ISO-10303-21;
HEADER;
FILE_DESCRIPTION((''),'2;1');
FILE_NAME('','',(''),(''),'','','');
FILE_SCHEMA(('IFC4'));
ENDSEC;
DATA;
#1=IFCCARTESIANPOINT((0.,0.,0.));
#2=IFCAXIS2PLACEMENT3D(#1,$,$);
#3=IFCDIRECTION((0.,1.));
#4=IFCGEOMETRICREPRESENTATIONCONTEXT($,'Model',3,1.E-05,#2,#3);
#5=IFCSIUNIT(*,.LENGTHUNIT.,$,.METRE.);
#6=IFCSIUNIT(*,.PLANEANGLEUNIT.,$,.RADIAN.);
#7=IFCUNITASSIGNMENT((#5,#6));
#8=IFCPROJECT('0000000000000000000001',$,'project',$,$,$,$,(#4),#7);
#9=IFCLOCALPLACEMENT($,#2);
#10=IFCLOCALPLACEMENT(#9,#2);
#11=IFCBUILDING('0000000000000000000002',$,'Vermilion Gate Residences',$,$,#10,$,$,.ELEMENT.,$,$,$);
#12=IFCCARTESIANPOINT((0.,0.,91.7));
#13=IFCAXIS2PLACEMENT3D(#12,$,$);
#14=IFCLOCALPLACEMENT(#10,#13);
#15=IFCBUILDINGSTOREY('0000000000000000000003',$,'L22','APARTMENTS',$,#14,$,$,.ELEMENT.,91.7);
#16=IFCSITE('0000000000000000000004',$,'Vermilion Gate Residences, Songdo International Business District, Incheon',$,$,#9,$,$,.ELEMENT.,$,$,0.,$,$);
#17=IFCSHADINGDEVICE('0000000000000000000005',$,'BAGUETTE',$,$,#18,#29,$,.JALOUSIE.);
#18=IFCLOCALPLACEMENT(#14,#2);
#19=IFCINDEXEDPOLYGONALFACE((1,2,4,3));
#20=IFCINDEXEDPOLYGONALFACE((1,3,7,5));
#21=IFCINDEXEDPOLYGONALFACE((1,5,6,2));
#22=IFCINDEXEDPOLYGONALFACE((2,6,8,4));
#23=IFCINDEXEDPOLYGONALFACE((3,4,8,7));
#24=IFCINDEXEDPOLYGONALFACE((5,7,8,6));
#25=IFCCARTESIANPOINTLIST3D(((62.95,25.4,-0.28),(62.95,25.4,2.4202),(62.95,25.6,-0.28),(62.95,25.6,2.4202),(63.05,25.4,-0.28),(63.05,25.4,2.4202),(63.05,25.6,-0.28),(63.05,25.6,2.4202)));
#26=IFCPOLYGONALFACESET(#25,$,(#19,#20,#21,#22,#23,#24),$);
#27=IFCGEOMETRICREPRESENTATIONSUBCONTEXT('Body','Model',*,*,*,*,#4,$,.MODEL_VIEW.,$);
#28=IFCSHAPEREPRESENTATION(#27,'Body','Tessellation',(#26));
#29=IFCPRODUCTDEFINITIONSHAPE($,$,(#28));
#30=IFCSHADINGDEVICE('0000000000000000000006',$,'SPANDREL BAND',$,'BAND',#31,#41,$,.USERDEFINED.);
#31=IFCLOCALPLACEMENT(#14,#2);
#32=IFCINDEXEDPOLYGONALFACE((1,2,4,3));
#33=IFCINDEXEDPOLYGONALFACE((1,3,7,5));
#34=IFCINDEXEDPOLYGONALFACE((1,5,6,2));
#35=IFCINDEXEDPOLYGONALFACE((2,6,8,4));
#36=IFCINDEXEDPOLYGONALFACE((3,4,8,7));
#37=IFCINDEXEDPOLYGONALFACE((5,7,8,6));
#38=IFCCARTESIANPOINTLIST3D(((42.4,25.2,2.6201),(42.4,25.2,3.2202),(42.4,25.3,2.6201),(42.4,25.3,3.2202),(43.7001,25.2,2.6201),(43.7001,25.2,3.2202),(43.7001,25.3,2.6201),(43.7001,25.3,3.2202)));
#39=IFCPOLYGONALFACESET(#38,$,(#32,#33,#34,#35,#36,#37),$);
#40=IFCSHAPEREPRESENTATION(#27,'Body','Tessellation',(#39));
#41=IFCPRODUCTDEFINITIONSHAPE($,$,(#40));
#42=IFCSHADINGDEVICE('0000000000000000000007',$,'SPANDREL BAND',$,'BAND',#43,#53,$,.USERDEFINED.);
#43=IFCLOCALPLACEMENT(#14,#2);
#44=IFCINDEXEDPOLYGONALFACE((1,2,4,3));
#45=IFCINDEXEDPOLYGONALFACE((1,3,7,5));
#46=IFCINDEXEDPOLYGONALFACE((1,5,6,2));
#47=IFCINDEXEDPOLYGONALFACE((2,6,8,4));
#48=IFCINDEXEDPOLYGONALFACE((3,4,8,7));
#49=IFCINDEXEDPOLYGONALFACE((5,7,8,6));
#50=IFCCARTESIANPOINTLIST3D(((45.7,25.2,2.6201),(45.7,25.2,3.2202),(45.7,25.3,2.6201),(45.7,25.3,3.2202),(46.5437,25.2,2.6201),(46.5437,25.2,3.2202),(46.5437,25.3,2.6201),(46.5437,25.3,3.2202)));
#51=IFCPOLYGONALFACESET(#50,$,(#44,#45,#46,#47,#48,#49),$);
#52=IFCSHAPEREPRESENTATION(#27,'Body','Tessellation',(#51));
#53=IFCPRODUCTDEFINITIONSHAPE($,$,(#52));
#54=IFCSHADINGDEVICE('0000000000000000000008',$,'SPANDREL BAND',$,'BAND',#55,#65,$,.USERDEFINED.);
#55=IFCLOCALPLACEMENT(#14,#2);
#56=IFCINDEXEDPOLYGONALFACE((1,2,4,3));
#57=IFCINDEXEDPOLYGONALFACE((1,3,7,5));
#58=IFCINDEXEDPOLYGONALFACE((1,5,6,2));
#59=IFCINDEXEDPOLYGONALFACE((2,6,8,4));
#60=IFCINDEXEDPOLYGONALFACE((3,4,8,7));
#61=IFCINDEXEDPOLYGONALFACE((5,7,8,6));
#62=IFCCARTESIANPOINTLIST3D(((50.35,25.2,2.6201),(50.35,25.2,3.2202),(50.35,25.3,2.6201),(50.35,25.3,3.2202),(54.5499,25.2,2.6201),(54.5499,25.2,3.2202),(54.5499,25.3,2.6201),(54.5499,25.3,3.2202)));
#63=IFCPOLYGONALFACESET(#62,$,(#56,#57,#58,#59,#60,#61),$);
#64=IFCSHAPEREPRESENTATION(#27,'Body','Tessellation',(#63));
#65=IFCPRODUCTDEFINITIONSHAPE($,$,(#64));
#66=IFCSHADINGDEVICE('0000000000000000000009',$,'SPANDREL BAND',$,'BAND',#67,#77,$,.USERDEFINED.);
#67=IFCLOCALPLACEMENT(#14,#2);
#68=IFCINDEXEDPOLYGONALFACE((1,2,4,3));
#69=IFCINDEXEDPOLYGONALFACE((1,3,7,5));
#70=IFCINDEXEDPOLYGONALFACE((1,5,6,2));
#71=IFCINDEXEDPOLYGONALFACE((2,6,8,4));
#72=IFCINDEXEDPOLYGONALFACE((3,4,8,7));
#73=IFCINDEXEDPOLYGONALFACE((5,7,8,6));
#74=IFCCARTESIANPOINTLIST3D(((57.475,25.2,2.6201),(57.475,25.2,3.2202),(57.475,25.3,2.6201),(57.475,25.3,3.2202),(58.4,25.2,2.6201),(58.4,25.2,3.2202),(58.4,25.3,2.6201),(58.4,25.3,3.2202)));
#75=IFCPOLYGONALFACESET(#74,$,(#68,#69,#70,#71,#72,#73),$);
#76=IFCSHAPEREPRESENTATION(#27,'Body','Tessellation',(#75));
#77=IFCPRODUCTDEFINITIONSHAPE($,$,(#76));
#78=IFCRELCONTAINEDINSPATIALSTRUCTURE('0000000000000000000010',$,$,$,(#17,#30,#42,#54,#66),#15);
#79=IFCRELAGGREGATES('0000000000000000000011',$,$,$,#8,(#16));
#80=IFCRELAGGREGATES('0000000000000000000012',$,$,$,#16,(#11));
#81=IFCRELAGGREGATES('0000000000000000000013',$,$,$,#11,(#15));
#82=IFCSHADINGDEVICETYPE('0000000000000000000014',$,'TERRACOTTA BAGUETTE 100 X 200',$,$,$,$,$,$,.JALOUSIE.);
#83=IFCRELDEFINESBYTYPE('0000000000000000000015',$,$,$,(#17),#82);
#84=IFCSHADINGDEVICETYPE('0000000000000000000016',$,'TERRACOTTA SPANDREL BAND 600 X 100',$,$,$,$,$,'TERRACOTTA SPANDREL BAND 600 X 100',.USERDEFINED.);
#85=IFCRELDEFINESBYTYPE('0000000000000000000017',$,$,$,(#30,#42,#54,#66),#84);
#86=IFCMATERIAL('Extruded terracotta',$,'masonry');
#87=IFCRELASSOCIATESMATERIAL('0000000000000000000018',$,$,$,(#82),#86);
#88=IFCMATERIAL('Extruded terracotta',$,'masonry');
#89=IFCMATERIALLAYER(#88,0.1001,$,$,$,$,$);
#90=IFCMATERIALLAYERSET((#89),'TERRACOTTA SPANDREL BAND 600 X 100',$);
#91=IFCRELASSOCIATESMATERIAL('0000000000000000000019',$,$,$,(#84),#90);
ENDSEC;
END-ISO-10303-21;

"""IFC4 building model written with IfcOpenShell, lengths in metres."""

from ifc_helpers import new_model, si_unit, direction, frame, origin, origin_2d, place, context, subcontext, project, spatial, rectangle, extrude, material, layer, layer_set, material_profile, profile_set, type_object, element, save


model = new_model("IFC4")

# Units and contexts
model_context = context("Model", 3, precision=1e-05, world=origin(), true_north=direction((0.0, 1.0)))
body_context = subcontext(model_context, "Body", "Model", "MODEL_VIEW")
ifc_project = project(units=[si_unit("LENGTHUNIT", "METRE"), si_unit("PLANEANGLEUNIT", "RADIAN")], contexts=[model_context])

# Site, building, storey
site_placement = place(None, origin())
site = spatial("IfcSite", under=ifc_project, at=site_placement, Name="Vermilion Gate Residences, Songdo International Business District, Incheon", CompositionType="ELEMENT", RefElevation=0.0)
building_placement = place(site_placement, origin())
building = spatial("IfcBuilding", under=site, at=building_placement, Name="Vermilion Gate Residences", CompositionType="ELEMENT")
storey_placement = place(building_placement, frame((0.0, 0.0, 91.7)))
storey = spatial("IfcBuildingStorey", under=building, at=storey_placement, Name="L22", Description="APARTMENTS", CompositionType="ELEMENT", Elevation=91.7)

# Shading devices
ifc_material_1 = material(Name="Extruded terracotta", Category="masonry")
ifc_material_profile_1 = material_profile(ifc_material_1, rectangle(XDim=0.2, YDim=0.1001, at=origin_2d()), Name="BAGUETTE 100 X 200")
ifc_profile_set_1 = profile_set([ifc_material_profile_1], Name="Extruded terracotta")
shading_device_type_1 = type_object("IfcShadingDeviceType", Name="TERRACOTTA BAGUETTE 100 X 200", PredefinedType="JALOUSIE", material=ifc_profile_set_1)
for number, where, z_axis, x_axis, name in (
    (1, (63.0, 25.5, -0.28), (0.0, 0.0, 1.0), (0.0, -1.0, 0.0), "BAGUETTE"),
):
    element("IfcShadingDevice", number, at=place(storey_placement, frame(where, z_axis=z_axis, x_axis=x_axis)), inside=storey, type_object=shading_device_type_1, Name=name, PredefinedType="JALOUSIE", context=body_context, shape_type="SweptSolid", body=[
        extrude(rectangle(XDim=0.2, YDim=0.1001, at=origin_2d()), origin(), (0.0, 0.0, 1.0), 2.7002),
    ])
ifc_material_2 = material(Name="Extruded terracotta", Category="masonry")
ifc_layer_1 = layer(ifc_material_2, 0.1001)
ifc_layer_set_1 = layer_set([ifc_layer_1], Name="TERRACOTTA SPANDREL BAND 600 X 100")
shading_device_type_2 = type_object("IfcShadingDeviceType", Name="TERRACOTTA SPANDREL BAND 600 X 100", ElementType="TERRACOTTA SPANDREL BAND 600 X 100", PredefinedType="USERDEFINED", material=ifc_layer_set_1)
shading_device_1_placement = place(storey_placement, frame((43.05, 25.25, 2.6201), z_axis=(0.0, 0.0, 1.0), x_axis=(1.0, 0.0, 0.0)))
element("IfcShadingDevice", 2, at=shading_device_1_placement, inside=storey, type_object=shading_device_type_2, Name="SPANDREL BAND", ObjectType="BAND", PredefinedType="USERDEFINED", context=body_context, shape_type="SweptSolid", body=[
    extrude(rectangle(XDim=1.3, YDim=0.1001, at=origin_2d()), origin(), (0.0, 0.0, 1.0), 0.6001),
])
shading_device_2_placement = place(storey_placement, frame((46.1218, 25.25, 2.6201), z_axis=(0.0, 0.0, 1.0), x_axis=(1.0, 0.0, 0.0)))
element("IfcShadingDevice", 3, at=shading_device_2_placement, inside=storey, type_object=shading_device_type_2, Name="SPANDREL BAND", ObjectType="BAND", PredefinedType="USERDEFINED", context=body_context, shape_type="SweptSolid", body=[
    extrude(rectangle(XDim=0.8438, YDim=0.1001, at=origin_2d()), origin(), (0.0, 0.0, 1.0), 0.6001),
])
shading_device_3_placement = place(storey_placement, frame((52.45, 25.25, 2.6201), z_axis=(0.0, 0.0, 1.0), x_axis=(1.0, 0.0, 0.0)))
element("IfcShadingDevice", 4, at=shading_device_3_placement, inside=storey, type_object=shading_device_type_2, Name="SPANDREL BAND", ObjectType="BAND", PredefinedType="USERDEFINED", context=body_context, shape_type="SweptSolid", body=[
    extrude(rectangle(XDim=4.2, YDim=0.1001, at=origin_2d()), origin(), (0.0, 0.0, 1.0), 0.6001),
])
shading_device_4_placement = place(storey_placement, frame((57.9375, 25.25, 2.6201), z_axis=(0.0, 0.0, 1.0), x_axis=(1.0, 0.0, 0.0)))
element("IfcShadingDevice", 5, at=shading_device_4_placement, inside=storey, type_object=shading_device_type_2, Name="SPANDREL BAND", ObjectType="BAND", PredefinedType="USERDEFINED", context=body_context, shape_type="SweptSolid", body=[
    extrude(rectangle(XDim=0.925, YDim=0.1001, at=origin_2d()), origin(), (0.0, 0.0, 1.0), 0.6001),
])

save(model, "model.ifc")
